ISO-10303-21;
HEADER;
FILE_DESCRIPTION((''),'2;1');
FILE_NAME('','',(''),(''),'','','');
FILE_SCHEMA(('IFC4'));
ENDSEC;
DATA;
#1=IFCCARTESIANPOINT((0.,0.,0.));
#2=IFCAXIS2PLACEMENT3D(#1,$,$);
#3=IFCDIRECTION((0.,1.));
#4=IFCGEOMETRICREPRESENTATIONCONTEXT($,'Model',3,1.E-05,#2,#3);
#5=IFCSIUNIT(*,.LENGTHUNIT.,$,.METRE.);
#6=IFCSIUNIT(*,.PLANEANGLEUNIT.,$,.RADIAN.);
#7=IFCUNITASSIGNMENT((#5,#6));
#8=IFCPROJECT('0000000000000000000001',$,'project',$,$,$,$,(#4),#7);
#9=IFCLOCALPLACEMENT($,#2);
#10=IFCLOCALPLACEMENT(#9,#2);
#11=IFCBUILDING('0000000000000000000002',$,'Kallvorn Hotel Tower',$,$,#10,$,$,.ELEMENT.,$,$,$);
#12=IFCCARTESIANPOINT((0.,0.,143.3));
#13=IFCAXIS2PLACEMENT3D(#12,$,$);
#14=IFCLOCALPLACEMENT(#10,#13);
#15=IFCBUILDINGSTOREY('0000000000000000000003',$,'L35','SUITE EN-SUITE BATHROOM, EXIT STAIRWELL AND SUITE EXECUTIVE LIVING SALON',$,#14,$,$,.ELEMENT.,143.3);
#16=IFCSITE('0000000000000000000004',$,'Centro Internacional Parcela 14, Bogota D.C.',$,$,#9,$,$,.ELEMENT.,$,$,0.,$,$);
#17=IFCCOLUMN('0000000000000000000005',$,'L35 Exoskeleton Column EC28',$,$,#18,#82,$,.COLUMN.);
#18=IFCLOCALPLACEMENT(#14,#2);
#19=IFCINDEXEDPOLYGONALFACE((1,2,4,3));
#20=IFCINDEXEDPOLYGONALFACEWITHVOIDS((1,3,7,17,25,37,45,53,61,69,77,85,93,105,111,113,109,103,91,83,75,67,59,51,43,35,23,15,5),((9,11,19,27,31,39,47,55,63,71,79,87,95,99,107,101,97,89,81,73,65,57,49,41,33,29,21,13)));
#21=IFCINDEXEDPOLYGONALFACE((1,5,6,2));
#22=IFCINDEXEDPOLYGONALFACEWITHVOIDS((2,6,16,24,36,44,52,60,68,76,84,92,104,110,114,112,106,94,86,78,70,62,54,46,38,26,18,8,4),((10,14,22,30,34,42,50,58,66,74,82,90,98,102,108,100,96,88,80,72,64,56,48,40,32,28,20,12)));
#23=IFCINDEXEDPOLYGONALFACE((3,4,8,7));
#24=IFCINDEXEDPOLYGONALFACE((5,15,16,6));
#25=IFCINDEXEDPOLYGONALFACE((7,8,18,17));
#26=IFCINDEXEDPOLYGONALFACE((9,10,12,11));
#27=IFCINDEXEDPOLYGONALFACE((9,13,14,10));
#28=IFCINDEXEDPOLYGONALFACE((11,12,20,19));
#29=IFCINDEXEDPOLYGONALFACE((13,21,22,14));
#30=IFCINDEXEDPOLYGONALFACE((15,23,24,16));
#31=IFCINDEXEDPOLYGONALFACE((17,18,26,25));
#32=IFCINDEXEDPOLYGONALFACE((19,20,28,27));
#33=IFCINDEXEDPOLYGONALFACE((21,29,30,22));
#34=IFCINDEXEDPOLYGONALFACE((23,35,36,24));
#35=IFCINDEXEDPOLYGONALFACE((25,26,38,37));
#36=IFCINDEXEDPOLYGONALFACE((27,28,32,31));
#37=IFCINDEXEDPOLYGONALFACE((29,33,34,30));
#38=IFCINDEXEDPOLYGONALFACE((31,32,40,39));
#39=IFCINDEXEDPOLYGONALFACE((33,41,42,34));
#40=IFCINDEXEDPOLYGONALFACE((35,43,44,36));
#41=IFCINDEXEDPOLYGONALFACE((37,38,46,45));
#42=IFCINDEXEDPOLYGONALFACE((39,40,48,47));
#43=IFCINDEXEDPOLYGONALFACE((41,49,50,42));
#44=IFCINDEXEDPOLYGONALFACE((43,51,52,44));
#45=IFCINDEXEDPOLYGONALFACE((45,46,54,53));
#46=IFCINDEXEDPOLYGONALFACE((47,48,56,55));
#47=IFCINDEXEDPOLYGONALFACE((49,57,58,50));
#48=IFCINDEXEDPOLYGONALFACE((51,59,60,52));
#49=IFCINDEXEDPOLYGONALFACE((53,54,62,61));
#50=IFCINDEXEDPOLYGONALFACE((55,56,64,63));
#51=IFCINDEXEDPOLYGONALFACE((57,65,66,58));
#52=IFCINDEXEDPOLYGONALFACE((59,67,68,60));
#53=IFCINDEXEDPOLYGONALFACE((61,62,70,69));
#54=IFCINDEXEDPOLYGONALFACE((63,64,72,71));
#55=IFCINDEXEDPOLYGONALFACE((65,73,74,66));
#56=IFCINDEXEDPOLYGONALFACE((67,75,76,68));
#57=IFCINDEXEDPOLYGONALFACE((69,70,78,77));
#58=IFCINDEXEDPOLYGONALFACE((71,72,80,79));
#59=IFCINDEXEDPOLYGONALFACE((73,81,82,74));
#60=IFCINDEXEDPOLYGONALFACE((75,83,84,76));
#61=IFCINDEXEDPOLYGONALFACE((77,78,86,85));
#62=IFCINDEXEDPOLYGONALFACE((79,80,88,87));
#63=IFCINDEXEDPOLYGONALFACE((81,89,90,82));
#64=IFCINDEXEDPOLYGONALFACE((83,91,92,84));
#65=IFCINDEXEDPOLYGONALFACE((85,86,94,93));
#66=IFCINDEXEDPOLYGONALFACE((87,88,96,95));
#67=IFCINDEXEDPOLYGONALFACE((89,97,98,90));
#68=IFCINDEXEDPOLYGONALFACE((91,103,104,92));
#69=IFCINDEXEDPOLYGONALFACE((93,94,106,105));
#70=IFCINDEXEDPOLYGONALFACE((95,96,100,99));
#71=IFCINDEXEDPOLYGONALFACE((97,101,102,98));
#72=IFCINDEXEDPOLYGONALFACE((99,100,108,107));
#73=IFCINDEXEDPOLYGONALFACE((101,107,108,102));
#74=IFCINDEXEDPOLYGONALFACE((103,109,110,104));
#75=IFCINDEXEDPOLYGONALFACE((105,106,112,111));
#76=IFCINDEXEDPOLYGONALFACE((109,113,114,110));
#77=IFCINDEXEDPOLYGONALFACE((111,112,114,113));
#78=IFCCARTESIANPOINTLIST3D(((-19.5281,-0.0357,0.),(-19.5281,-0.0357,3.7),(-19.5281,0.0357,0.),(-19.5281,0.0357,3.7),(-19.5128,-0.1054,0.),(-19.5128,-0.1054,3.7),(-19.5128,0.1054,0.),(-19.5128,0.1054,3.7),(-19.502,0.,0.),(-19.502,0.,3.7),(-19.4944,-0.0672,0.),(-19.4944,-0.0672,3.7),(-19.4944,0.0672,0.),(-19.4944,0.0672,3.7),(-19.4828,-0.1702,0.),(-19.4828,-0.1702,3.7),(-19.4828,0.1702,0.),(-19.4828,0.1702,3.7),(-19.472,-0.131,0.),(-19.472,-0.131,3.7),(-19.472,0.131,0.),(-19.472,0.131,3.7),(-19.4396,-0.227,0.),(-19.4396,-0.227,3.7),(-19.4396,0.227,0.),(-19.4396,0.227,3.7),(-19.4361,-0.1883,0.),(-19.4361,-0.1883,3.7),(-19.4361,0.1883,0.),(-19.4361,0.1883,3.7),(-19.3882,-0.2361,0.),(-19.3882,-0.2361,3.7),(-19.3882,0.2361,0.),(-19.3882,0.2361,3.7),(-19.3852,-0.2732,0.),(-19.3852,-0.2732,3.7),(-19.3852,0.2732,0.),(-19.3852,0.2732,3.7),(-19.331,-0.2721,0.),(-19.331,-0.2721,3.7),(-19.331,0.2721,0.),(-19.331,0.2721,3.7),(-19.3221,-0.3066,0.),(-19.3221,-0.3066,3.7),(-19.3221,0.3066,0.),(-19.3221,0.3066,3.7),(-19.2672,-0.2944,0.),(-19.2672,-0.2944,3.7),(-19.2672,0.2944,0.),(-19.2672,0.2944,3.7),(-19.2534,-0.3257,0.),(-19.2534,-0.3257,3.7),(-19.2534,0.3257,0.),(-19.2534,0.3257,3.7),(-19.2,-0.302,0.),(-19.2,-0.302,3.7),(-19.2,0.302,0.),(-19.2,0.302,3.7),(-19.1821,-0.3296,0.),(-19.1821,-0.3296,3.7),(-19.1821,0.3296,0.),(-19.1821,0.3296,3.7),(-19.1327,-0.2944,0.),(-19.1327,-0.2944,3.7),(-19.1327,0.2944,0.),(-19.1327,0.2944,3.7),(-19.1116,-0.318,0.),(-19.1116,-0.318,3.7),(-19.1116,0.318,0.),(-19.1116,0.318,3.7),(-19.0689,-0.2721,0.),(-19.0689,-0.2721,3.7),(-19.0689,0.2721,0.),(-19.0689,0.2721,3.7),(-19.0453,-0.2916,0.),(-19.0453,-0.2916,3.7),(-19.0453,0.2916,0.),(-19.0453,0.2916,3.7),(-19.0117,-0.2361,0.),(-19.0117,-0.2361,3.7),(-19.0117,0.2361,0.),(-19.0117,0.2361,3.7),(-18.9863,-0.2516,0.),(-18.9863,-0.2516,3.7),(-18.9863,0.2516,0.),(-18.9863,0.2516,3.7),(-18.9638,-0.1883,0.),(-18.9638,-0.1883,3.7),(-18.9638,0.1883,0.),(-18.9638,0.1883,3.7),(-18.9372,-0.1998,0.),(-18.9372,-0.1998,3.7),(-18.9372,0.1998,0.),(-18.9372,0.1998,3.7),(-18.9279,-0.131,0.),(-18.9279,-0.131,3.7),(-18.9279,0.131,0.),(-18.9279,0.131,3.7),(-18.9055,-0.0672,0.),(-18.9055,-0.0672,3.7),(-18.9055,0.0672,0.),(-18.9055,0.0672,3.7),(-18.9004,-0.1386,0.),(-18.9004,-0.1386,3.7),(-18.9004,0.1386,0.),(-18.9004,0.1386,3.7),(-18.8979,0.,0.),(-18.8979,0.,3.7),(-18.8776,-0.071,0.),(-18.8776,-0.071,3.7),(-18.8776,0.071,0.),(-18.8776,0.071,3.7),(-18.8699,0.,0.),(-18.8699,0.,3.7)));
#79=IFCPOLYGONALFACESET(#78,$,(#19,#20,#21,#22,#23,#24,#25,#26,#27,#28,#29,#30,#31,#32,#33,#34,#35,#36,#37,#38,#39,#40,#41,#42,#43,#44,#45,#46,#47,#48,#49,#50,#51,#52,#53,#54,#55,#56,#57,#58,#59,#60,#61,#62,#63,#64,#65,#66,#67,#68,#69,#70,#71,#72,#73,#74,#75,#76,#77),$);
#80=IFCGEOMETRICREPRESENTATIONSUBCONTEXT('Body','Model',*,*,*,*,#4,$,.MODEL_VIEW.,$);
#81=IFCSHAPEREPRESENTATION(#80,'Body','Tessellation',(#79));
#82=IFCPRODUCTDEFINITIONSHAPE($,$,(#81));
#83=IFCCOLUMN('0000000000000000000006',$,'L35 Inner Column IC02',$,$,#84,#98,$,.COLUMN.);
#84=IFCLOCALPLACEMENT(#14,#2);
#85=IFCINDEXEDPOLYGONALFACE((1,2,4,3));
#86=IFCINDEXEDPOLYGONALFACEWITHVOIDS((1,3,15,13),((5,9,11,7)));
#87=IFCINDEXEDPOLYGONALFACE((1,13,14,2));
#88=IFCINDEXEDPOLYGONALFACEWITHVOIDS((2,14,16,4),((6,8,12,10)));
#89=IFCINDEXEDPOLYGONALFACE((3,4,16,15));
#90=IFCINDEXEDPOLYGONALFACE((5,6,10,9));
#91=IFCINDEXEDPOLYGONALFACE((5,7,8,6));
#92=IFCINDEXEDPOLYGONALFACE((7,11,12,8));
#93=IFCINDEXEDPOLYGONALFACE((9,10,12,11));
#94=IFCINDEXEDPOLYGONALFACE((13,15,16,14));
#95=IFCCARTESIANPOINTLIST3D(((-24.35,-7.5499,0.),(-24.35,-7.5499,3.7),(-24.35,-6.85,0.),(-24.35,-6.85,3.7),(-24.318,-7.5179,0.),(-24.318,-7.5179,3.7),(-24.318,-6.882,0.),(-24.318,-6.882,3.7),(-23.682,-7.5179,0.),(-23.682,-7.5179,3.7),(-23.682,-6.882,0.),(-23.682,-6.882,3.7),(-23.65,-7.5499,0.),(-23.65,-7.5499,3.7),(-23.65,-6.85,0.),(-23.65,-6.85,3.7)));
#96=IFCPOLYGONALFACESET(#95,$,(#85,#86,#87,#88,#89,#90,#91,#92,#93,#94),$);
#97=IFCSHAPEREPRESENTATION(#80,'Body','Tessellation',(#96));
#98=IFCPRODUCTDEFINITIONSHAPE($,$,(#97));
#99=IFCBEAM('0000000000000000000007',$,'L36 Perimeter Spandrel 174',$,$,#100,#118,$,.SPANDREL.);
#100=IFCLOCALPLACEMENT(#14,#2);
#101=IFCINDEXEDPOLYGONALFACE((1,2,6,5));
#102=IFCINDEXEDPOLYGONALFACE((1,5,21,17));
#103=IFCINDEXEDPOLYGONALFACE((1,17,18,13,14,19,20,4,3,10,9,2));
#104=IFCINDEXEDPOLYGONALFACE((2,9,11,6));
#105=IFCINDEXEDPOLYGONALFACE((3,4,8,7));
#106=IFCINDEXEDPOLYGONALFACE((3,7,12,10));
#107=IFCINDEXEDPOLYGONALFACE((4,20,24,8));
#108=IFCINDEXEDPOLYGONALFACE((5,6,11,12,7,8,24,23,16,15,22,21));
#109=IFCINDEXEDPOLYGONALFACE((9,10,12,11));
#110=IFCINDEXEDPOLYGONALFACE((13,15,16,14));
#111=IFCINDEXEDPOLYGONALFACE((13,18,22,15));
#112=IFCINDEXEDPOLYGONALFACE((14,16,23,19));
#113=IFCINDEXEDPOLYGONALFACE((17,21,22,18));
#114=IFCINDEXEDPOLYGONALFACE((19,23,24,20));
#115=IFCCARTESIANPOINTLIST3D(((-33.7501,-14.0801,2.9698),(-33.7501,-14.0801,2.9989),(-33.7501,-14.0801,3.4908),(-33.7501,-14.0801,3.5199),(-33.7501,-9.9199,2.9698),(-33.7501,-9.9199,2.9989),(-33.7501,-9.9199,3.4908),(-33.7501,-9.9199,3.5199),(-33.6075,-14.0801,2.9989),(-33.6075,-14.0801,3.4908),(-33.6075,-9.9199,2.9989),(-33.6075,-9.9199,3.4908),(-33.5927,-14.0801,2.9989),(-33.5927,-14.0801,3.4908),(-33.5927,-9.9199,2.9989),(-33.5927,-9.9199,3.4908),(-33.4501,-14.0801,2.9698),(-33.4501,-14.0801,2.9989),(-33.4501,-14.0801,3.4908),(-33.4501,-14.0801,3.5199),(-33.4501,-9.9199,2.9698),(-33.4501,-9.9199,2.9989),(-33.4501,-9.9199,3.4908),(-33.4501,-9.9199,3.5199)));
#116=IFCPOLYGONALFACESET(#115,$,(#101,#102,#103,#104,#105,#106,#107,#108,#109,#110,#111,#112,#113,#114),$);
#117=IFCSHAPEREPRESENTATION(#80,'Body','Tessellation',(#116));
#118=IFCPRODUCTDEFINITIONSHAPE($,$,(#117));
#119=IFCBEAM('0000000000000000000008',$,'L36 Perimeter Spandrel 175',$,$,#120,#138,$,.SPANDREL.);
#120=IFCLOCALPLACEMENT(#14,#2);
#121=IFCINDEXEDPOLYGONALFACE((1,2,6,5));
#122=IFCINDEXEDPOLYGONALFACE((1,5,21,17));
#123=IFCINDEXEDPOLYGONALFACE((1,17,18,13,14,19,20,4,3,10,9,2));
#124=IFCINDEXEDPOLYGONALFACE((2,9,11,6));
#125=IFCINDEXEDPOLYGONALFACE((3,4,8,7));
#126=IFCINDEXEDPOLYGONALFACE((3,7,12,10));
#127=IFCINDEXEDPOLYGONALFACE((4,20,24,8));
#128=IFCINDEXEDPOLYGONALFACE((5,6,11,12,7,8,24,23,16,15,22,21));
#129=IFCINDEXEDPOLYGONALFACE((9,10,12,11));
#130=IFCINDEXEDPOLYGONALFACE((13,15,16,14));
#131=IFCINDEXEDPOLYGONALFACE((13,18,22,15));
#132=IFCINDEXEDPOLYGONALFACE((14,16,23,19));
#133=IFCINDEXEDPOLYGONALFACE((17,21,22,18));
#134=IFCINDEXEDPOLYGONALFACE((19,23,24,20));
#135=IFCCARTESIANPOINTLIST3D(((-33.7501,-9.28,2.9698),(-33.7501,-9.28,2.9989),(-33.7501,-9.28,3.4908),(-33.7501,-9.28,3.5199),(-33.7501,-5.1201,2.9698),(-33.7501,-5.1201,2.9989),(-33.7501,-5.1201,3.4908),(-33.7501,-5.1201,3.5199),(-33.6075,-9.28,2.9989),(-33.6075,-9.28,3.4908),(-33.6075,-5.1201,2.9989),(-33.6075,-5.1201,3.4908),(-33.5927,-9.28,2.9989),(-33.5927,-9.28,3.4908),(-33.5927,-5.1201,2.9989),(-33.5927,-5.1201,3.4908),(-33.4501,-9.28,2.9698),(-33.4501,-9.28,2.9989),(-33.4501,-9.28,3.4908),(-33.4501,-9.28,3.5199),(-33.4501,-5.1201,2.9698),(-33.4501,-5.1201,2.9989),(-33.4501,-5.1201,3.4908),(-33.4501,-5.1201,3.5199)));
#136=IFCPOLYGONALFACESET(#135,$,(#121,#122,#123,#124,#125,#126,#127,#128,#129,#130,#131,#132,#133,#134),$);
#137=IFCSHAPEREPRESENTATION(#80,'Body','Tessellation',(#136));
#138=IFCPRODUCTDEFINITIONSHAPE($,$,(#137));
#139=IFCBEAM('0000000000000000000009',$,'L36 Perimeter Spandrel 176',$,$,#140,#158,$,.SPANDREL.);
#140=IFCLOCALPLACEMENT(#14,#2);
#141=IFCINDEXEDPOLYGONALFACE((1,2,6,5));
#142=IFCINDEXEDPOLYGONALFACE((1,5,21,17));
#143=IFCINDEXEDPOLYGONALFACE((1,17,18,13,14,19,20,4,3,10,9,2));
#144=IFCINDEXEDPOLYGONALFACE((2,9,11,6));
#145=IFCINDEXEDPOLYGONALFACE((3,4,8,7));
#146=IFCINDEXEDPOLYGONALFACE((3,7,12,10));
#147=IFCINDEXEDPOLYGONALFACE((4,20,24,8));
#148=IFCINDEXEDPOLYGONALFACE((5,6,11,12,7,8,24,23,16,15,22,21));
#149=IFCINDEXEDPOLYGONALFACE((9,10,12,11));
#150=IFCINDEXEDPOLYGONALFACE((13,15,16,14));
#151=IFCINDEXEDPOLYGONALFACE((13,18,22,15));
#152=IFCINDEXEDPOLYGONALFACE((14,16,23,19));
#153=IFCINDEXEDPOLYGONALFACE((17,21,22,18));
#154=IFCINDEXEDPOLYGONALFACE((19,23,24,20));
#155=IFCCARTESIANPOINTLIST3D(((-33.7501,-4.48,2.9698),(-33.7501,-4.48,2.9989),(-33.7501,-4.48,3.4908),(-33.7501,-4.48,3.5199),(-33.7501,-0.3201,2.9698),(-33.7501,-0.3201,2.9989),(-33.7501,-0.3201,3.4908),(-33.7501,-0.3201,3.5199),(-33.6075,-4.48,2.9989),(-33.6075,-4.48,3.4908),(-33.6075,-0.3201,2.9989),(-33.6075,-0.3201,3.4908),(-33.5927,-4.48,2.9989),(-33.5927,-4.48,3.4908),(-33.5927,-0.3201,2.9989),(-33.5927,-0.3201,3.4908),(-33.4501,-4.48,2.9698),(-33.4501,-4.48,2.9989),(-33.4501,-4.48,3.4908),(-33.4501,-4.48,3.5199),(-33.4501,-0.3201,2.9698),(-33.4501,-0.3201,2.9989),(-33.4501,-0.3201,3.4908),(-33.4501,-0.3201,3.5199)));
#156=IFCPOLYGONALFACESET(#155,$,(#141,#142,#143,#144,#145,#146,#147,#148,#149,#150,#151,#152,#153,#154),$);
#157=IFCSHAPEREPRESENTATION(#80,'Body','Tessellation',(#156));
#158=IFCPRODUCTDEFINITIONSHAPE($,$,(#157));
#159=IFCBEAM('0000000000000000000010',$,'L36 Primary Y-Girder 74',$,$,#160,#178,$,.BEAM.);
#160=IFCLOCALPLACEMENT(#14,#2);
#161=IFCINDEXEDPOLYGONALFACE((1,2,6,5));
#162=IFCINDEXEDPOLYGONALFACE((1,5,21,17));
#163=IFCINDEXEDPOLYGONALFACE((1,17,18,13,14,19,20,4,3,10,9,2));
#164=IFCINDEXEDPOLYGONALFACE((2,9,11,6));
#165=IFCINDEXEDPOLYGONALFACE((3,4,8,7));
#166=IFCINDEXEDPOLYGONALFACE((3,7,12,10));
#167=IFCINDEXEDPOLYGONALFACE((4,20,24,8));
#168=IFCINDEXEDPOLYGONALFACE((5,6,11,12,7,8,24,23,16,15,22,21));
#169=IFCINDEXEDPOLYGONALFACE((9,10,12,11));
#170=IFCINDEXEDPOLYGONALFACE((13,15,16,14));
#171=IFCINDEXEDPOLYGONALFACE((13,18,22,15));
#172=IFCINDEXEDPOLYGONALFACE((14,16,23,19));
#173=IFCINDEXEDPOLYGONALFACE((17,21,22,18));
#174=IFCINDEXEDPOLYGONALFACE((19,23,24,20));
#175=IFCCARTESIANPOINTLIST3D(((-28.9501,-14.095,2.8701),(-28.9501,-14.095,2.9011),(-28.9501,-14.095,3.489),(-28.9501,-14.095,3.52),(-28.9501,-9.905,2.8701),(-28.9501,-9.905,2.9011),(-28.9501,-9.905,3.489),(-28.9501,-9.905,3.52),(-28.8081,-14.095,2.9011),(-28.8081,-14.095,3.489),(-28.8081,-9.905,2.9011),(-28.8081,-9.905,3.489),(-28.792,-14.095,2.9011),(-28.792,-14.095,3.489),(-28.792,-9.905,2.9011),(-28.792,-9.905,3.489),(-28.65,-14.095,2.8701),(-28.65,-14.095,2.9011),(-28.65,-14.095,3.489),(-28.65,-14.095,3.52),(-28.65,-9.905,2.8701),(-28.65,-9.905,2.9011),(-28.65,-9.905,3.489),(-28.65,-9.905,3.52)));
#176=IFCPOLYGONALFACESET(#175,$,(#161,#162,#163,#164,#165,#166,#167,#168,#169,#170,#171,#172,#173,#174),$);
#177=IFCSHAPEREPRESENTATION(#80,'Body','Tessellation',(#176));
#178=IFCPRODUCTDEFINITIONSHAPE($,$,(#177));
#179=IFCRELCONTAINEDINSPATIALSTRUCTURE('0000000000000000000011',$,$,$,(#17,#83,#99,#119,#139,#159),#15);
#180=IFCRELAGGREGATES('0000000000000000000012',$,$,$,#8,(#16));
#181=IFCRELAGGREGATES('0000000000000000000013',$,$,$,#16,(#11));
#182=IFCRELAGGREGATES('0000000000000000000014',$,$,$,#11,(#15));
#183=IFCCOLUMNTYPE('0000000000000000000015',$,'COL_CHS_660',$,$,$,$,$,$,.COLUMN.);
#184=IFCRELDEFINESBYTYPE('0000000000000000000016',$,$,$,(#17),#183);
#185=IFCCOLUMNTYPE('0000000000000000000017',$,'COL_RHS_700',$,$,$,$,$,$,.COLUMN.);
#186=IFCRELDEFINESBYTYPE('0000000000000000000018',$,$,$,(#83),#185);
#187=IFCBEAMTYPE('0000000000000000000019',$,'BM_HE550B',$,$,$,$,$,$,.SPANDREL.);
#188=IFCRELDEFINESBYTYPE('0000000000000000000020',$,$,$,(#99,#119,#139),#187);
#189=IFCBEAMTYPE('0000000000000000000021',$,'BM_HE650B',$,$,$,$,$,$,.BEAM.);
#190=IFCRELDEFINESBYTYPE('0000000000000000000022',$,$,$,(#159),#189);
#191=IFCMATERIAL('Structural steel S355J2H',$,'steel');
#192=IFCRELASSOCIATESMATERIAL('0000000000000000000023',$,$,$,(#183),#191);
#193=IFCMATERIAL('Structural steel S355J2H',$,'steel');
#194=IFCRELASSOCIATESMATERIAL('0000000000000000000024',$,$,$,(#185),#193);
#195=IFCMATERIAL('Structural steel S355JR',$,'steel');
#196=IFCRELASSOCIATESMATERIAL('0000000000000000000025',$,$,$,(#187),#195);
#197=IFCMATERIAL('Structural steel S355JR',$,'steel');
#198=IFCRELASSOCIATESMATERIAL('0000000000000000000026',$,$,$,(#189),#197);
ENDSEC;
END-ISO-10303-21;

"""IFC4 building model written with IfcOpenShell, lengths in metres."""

from ifc_helpers import new_model, si_unit, direction, frame, origin, origin_2d, place, context, subcontext, project, spatial, hollow_rectangle, hollow_circle, i_section, extrude, material, material_profile, profile_set, type_object, element, save


model = new_model("IFC4")

# Units and contexts
model_context = context("Model", 3, precision=1e-05, world=origin(), true_north=direction((0.0, 1.0)))
body_context = subcontext(model_context, "Body", "Model", "MODEL_VIEW")
ifc_project = project(units=[si_unit("LENGTHUNIT", "METRE"), si_unit("PLANEANGLEUNIT", "RADIAN")], contexts=[model_context])

# Site, building, storey
site_placement = place(None, origin())
site = spatial("IfcSite", under=ifc_project, at=site_placement, Name="Centro Internacional Parcela 14, Bogota D.C.", CompositionType="ELEMENT", RefElevation=0.0)
building_placement = place(site_placement, origin())
building = spatial("IfcBuilding", under=site, at=building_placement, Name="Kallvorn Hotel Tower", CompositionType="ELEMENT")
storey_placement = place(building_placement, frame((0.0, 0.0, 143.3)))
storey = spatial("IfcBuildingStorey", under=building, at=storey_placement, Name="L35", Description="SUITE EN-SUITE BATHROOM, EXIT STAIRWELL AND SUITE EXECUTIVE LIVING SALON", CompositionType="ELEMENT", Elevation=143.3)

# Columns
ifc_material_1 = material(Name="Structural steel S355J2H", Category="steel")
ifc_material_profile_1 = material_profile(ifc_material_1, hollow_circle(Radius=0.3301, WallThickness=0.0281, at=origin_2d()), Name="CHS 660x28")
ifc_profile_set_1 = profile_set([ifc_material_profile_1], Name="Structural steel S355J2H")
column_type_1 = type_object("IfcColumnType", Name="COL_CHS_660", PredefinedType="COLUMN", material=ifc_profile_set_1)
for number, where, z_axis, x_axis, name in (
    (1, (-19.2, 0.0, 0.0), (0.0, 0.0, 1.0), (1.0, 0.0, 0.0), "L35 Exoskeleton Column EC28"),
):
    element("IfcColumn", number, at=place(storey_placement, frame(where, z_axis=z_axis, x_axis=x_axis)), inside=storey, type_object=column_type_1, Name=name, PredefinedType="COLUMN", context=body_context, shape_type="SweptSolid", body=[
        extrude(hollow_circle(Radius=0.3301, WallThickness=0.0281, at=origin_2d()), origin(), (0.0, 0.0, 1.0), 3.7),
    ])
ifc_material_2 = material(Name="Structural steel S355J2H", Category="steel")
ifc_material_profile_2 = material_profile(ifc_material_2, hollow_rectangle(XDim=0.7, YDim=0.7, WallThickness=0.032, at=origin_2d()), Name="RHS 700x700x32")
ifc_profile_set_2 = profile_set([ifc_material_profile_2], Name="Structural steel S355J2H")
column_type_2 = type_object("IfcColumnType", Name="COL_RHS_700", PredefinedType="COLUMN", material=ifc_profile_set_2)
column_placement = place(storey_placement, frame((-24.0, -7.2, 0.0), z_axis=(0.0, 0.0, 1.0), x_axis=(1.0, 0.0, 0.0)))
element("IfcColumn", 2, at=column_placement, inside=storey, type_object=column_type_2, Name="L35 Inner Column IC02", PredefinedType="COLUMN", context=body_context, shape_type="SweptSolid", body=[
    extrude(hollow_rectangle(XDim=0.7, YDim=0.7, WallThickness=0.032, at=origin_2d()), origin(), (0.0, 0.0, 1.0), 3.7),
])

# Beams
ifc_material_3 = material(Name="Structural steel S355JR", Category="steel")
ifc_material_profile_3 = material_profile(ifc_material_3, i_section(OverallWidth=0.3, OverallDepth=0.55, WebThickness=0.0149, FlangeThickness=0.0291, at=origin_2d()), Name="HE 550 B")
ifc_profile_set_3 = profile_set([ifc_material_profile_3], Name="Structural steel S355JR")
beam_type_1 = type_object("IfcBeamType", Name="BM_HE550B", PredefinedType="SPANDREL", material=ifc_profile_set_3)
beam_1_placement = place(storey_placement, frame((-33.6001, -14.0801, 3.2449), z_axis=(0.0, 1.0, 0.0), x_axis=(-1.0, 0.0, 0.0)))
element("IfcBeam", 3, at=beam_1_placement, inside=storey, type_object=beam_type_1, Name="L36 Perimeter Spandrel 174", PredefinedType="SPANDREL", context=body_context, shape_type="SweptSolid", body=[
    extrude(i_section(OverallWidth=0.3, OverallDepth=0.55, WebThickness=0.0149, FlangeThickness=0.0291, at=origin_2d()), origin(), (0.0, 0.0, 1.0), 4.1602),
])
for number, where, z_axis, x_axis, name in (
    (4, (-33.6001, -9.28, 3.2449), (0.0, 1.0, 0.0), (-1.0, 0.0, 0.0), "L36 Perimeter Spandrel 175"),
    (5, (-33.6001, -4.48, 3.2449), (0.0, 1.0, 0.0), (-1.0, 0.0, 0.0), "L36 Perimeter Spandrel 176"),
):
    element("IfcBeam", number, at=place(storey_placement, frame(where, z_axis=z_axis, x_axis=x_axis)), inside=storey, type_object=beam_type_1, Name=name, PredefinedType="SPANDREL", context=body_context, shape_type="SweptSolid", body=[
        extrude(i_section(OverallWidth=0.3, OverallDepth=0.55, WebThickness=0.0149, FlangeThickness=0.0291, at=origin_2d()), origin(), (0.0, 0.0, 1.0), 4.1599),
    ])
ifc_material_4 = material(Name="Structural steel S355JR", Category="steel")
ifc_material_profile_4 = material_profile(ifc_material_4, i_section(OverallWidth=0.3, OverallDepth=0.6499, WebThickness=0.0161, FlangeThickness=0.031, at=origin_2d()), Name="HE 650 B")
ifc_profile_set_4 = profile_set([ifc_material_profile_4], Name="Structural steel S355JR")
beam_type_2 = type_object("IfcBeamType", Name="BM_HE650B", PredefinedType="BEAM", material=ifc_profile_set_4)
for number, where, z_axis, x_axis, name in (
    (6, (-28.8, -14.095, 3.1951), (0.0, 1.0, 0.0), (-1.0, 0.0, 0.0), "L36 Primary Y-Girder 74"),
):
    element("IfcBeam", number, at=place(storey_placement, frame(where, z_axis=z_axis, x_axis=x_axis)), inside=storey, type_object=beam_type_2, Name=name, PredefinedType="BEAM", context=body_context, shape_type="SweptSolid", body=[
        extrude(i_section(OverallWidth=0.3, OverallDepth=0.6499, WebThickness=0.0161, FlangeThickness=0.031, at=origin_2d()), origin(), (0.0, 0.0, 1.0), 4.1899),
    ])

save(model, "model.ifc")
